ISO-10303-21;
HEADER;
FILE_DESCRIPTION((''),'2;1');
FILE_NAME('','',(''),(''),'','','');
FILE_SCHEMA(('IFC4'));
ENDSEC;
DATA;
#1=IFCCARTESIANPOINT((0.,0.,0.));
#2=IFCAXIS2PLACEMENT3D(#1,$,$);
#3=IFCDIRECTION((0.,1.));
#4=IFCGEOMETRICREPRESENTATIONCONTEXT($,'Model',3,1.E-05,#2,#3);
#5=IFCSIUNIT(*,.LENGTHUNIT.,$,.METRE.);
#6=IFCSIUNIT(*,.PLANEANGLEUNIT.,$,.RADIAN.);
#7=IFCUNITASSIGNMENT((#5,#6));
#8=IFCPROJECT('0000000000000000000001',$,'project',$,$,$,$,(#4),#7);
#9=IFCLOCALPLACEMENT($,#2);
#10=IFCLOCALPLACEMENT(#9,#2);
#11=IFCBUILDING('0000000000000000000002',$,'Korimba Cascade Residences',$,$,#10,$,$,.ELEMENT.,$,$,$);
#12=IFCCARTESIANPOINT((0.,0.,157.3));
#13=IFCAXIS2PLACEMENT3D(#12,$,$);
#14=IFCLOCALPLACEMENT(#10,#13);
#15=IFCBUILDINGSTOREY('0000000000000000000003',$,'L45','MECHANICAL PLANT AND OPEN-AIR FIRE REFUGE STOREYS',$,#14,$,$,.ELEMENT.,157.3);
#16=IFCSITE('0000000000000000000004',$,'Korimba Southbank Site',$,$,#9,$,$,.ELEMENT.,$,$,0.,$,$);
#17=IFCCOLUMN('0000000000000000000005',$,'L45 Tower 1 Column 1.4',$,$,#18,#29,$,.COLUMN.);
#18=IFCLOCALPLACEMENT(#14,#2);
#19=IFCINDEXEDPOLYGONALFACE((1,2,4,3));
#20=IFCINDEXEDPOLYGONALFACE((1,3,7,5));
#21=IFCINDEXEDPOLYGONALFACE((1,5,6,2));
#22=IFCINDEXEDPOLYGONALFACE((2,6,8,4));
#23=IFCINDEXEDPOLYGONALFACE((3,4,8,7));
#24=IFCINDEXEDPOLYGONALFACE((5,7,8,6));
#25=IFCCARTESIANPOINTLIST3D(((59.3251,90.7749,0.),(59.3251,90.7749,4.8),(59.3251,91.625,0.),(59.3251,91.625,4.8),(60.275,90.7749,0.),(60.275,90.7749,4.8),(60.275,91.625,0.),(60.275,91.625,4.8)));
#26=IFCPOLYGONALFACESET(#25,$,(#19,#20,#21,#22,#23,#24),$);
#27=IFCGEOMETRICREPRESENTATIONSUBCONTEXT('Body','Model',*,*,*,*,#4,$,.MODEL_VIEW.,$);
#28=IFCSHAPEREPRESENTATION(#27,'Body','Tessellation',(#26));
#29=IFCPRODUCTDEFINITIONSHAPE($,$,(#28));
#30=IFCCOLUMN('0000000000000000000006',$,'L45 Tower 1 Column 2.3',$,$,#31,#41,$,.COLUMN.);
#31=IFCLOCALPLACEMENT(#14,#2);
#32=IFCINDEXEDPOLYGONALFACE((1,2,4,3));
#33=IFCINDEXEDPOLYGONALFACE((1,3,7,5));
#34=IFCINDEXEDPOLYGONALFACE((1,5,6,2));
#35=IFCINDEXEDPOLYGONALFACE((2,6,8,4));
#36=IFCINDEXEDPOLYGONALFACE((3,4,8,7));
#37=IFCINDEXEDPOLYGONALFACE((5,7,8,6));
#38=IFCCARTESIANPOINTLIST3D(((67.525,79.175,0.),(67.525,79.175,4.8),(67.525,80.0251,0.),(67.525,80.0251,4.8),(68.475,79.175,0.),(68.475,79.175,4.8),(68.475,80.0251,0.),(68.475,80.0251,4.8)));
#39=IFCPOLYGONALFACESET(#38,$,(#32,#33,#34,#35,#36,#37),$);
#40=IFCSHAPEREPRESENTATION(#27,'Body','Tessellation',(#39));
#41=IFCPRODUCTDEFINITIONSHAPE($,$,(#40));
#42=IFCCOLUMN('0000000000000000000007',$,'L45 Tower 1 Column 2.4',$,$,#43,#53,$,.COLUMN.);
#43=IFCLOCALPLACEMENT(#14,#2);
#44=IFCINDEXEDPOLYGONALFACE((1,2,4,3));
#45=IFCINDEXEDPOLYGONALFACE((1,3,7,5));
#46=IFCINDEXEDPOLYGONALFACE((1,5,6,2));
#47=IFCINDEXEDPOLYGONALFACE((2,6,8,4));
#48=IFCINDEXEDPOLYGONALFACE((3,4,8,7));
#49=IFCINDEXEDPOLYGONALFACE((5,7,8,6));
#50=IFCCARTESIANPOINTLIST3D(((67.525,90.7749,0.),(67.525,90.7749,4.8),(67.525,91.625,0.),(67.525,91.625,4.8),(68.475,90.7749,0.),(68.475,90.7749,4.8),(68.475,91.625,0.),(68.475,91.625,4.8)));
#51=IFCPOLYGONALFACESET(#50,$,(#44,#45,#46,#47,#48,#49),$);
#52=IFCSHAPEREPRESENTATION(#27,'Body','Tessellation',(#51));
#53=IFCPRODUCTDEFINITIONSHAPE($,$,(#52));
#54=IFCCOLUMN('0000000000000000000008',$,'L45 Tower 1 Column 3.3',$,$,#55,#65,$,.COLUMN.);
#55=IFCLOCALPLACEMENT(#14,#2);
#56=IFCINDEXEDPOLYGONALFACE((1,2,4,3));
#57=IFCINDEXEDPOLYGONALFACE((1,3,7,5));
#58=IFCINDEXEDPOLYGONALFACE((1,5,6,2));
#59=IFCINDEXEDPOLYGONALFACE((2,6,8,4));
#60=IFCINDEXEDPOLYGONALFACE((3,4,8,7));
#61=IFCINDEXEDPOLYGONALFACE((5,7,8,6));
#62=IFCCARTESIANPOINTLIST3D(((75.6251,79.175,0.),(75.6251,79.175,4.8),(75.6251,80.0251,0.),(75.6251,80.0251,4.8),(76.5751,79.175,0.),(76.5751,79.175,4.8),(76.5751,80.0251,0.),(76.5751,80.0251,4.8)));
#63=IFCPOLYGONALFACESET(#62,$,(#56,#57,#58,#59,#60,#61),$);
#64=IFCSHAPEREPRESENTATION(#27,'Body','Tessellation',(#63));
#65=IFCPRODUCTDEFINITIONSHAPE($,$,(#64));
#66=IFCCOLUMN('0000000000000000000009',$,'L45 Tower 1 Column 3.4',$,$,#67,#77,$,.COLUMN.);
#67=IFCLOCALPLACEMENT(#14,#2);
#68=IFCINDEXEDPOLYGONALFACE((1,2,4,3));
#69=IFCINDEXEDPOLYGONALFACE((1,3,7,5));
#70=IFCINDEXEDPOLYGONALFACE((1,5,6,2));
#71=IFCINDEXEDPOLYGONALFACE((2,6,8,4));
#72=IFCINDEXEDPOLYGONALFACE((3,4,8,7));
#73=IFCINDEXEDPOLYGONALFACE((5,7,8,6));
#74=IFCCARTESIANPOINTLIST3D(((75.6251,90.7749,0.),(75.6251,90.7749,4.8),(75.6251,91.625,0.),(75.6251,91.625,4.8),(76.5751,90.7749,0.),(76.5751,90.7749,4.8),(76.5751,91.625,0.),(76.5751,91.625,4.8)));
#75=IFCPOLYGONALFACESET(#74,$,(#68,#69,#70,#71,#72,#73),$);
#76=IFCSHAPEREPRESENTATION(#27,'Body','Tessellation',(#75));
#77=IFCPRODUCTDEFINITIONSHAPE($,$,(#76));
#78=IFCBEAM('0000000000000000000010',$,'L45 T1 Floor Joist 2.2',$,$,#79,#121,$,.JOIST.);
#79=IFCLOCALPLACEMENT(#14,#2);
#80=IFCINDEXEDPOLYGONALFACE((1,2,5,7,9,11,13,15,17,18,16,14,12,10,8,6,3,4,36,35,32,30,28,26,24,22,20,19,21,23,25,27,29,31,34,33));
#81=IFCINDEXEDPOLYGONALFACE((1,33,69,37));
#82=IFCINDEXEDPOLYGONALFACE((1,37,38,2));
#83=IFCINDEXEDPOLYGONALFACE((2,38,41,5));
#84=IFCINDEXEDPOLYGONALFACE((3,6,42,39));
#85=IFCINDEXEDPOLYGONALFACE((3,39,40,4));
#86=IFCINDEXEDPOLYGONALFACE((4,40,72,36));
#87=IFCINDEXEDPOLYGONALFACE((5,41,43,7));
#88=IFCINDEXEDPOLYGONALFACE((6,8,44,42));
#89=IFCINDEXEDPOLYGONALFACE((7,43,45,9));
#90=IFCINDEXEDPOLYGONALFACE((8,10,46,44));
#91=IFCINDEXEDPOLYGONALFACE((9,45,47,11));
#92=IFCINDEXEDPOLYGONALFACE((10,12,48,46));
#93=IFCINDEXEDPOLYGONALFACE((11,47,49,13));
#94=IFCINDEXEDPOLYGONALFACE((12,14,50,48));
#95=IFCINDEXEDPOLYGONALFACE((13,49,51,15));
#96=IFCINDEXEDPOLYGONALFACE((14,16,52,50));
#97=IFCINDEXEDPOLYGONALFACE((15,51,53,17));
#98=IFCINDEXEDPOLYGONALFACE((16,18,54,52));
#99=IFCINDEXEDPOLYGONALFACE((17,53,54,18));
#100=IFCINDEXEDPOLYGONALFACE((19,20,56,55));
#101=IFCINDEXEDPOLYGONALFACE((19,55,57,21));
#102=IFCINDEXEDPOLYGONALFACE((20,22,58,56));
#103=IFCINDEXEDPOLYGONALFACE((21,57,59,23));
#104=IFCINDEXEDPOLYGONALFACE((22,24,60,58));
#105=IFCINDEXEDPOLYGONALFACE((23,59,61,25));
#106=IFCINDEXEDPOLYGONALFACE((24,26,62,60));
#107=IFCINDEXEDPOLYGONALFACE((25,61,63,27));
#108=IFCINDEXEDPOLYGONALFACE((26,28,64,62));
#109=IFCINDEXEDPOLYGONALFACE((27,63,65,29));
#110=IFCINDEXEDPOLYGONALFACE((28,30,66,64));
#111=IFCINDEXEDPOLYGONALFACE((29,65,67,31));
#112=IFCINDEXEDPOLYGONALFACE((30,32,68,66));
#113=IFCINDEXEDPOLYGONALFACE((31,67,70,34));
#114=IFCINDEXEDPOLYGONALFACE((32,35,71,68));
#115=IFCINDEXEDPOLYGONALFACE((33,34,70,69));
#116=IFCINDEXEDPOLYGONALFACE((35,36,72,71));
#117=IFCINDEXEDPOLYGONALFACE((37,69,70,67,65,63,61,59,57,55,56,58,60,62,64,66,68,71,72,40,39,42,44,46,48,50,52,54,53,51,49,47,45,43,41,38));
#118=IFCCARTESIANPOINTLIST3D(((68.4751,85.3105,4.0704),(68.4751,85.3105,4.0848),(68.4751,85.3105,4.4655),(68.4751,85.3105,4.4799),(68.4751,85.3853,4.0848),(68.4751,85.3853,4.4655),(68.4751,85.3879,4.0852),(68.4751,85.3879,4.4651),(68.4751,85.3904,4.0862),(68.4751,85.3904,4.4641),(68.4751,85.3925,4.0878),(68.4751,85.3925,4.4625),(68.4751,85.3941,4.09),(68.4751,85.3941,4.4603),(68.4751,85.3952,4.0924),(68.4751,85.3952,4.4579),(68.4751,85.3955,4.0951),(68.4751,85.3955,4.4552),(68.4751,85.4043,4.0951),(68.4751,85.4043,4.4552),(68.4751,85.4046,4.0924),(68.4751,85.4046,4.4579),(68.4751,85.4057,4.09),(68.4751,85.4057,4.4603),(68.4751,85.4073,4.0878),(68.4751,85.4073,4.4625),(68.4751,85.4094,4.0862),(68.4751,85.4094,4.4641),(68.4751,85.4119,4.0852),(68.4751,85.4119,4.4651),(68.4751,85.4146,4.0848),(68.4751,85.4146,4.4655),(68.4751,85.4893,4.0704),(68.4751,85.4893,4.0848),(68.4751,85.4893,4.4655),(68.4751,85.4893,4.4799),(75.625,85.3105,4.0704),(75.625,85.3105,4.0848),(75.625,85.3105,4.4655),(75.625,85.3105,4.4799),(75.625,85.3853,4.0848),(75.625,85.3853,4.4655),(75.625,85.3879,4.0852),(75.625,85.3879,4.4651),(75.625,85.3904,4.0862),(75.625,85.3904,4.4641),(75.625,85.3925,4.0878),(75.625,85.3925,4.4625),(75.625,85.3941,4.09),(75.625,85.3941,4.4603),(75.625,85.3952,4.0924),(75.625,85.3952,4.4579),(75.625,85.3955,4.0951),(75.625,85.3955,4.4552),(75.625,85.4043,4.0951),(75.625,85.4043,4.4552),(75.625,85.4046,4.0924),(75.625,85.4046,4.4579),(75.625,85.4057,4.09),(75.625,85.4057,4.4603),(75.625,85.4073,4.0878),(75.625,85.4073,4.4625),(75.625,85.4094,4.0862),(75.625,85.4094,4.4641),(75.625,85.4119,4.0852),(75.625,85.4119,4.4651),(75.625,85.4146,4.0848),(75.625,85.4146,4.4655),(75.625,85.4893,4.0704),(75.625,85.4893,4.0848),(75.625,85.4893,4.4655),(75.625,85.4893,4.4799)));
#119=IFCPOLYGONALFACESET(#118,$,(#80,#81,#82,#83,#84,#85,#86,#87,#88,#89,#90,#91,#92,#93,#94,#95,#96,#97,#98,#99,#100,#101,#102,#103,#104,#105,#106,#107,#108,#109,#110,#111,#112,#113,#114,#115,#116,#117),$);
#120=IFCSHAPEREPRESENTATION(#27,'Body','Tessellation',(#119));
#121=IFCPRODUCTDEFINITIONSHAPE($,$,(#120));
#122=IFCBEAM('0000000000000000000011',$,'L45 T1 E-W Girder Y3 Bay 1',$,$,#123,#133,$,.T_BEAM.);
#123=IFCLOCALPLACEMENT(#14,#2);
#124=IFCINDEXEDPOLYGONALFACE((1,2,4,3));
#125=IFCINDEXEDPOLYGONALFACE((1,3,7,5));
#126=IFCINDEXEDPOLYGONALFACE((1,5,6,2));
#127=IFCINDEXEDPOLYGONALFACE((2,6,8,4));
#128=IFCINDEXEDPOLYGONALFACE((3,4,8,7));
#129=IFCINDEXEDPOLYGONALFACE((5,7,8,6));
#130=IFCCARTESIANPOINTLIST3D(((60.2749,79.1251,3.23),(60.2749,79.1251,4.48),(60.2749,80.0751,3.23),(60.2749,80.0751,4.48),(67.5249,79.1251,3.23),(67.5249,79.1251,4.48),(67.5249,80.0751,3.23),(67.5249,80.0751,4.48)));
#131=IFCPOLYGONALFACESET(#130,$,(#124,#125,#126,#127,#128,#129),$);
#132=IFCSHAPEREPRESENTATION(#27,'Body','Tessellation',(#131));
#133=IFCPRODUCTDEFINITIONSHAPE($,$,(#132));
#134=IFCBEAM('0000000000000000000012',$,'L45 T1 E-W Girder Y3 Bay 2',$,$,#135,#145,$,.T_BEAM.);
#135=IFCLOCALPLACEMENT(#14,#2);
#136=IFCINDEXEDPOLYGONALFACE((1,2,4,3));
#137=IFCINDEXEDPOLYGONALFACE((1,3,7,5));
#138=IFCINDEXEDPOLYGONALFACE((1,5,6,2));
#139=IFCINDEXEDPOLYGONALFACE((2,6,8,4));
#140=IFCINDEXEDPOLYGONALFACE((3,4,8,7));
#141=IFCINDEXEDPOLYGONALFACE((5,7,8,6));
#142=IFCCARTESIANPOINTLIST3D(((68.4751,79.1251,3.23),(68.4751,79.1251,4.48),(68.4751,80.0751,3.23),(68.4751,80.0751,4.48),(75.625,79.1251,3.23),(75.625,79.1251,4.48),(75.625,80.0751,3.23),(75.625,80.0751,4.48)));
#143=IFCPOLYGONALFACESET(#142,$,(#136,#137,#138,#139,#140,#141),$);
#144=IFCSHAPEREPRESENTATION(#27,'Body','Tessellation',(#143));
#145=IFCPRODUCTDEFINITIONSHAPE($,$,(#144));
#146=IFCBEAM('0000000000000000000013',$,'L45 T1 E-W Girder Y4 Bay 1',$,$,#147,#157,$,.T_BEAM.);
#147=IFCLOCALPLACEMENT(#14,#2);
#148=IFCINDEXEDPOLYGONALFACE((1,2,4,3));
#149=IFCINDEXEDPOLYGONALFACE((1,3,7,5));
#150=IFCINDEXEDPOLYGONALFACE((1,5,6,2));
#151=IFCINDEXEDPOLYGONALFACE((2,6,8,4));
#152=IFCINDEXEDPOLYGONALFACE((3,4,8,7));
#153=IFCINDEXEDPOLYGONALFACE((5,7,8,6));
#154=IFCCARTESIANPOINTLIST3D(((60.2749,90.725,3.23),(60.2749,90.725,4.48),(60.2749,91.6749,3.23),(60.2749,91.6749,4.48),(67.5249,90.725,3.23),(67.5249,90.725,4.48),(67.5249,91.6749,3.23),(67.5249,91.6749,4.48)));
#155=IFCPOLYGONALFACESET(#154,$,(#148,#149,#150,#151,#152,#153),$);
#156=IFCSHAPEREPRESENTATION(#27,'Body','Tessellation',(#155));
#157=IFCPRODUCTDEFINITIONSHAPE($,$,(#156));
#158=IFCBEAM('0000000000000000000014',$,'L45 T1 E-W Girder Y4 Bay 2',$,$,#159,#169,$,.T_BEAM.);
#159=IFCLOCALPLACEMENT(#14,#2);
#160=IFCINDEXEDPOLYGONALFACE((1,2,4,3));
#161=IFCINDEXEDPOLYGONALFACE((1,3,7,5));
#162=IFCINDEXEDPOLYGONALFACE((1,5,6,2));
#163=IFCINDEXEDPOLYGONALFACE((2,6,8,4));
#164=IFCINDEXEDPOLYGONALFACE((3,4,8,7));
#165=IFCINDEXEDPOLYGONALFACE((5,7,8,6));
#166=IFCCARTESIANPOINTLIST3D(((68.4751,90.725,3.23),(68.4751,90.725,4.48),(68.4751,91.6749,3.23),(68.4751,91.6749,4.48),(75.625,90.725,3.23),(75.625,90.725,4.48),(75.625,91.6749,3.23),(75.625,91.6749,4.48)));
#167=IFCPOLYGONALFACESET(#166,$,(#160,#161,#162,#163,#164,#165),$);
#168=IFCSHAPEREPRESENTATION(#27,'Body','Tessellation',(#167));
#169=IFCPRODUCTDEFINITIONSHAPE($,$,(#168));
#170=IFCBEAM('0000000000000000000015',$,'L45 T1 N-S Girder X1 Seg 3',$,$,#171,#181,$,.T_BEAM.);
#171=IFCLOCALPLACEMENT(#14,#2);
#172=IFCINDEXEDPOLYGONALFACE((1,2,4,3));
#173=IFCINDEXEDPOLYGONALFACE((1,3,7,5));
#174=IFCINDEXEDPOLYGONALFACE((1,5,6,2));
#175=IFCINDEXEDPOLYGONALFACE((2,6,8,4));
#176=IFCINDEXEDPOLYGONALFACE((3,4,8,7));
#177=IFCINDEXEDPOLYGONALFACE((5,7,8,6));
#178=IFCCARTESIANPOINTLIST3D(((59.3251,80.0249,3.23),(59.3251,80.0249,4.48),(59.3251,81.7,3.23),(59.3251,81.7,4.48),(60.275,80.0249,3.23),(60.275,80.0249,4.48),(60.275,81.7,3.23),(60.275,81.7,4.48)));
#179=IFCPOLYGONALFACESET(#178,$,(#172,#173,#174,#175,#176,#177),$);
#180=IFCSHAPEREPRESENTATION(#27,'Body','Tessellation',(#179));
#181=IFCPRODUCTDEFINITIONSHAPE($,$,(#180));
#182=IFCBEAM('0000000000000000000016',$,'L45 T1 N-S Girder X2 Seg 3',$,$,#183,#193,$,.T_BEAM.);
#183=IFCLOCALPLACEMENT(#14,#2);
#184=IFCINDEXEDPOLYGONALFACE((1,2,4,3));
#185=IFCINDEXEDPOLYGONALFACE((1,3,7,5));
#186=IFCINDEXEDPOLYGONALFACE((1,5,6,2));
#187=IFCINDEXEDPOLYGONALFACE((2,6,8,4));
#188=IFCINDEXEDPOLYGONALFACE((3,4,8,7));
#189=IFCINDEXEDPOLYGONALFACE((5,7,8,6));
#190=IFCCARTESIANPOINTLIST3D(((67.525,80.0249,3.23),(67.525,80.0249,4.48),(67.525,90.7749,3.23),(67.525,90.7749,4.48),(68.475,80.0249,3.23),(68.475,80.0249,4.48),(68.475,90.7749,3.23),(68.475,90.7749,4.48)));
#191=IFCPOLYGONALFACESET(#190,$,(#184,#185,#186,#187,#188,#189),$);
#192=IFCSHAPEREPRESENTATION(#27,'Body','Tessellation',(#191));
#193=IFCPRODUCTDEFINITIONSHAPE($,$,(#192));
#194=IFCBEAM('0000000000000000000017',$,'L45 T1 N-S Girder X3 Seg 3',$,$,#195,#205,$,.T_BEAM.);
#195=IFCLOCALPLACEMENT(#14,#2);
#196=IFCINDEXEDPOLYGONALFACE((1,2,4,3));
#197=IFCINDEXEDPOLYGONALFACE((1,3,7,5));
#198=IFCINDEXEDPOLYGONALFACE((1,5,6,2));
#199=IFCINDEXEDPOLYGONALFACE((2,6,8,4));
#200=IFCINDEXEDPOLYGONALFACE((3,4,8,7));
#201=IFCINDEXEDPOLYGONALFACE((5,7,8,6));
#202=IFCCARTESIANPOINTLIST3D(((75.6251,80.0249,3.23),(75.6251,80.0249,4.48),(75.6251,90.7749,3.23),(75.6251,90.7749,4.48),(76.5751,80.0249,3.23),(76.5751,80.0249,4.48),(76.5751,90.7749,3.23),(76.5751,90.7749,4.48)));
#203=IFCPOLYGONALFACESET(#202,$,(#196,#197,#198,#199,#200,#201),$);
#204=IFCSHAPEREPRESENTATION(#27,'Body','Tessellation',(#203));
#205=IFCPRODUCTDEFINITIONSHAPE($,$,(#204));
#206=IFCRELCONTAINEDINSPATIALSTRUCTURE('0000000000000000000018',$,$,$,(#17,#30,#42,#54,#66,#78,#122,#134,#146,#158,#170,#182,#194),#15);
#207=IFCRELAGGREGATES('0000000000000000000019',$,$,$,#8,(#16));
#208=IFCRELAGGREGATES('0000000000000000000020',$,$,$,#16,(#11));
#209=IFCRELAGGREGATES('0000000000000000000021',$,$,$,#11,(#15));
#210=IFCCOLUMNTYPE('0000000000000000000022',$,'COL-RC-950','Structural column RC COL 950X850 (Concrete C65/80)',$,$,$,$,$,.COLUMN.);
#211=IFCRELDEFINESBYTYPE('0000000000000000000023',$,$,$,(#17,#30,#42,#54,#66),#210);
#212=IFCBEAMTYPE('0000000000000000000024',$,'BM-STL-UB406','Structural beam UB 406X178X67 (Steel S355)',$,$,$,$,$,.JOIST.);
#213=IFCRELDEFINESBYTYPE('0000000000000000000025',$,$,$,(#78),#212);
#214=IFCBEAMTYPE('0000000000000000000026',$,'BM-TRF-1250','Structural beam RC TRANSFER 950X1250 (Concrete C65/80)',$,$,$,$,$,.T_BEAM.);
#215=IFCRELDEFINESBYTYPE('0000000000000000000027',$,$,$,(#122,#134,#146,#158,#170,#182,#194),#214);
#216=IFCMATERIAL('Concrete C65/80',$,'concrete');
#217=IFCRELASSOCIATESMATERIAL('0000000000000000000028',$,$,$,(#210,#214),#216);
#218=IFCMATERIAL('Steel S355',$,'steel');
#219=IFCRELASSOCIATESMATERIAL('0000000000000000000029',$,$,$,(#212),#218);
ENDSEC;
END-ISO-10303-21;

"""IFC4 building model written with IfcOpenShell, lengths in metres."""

from ifc_helpers import new_model, si_unit, direction, frame, origin, origin_2d, place, context, subcontext, project, spatial, rectangle, i_section, extrude, material, material_profile, profile_set, type_object, element, save


model = new_model("IFC4")

# Units and contexts
model_context = context("Model", 3, precision=1e-05, world=origin(), true_north=direction((0.0, 1.0)))
body_context = subcontext(model_context, "Body", "Model", "MODEL_VIEW")
ifc_project = project(units=[si_unit("LENGTHUNIT", "METRE"), si_unit("PLANEANGLEUNIT", "RADIAN")], contexts=[model_context])

# Site, building, storey
site_placement = place(None, origin())
site = spatial("IfcSite", under=ifc_project, at=site_placement, Name="Korimba Southbank Site", CompositionType="ELEMENT", RefElevation=0.0)
building_placement = place(site_placement, origin())
building = spatial("IfcBuilding", under=site, at=building_placement, Name="Korimba Cascade Residences", CompositionType="ELEMENT")
storey_placement = place(building_placement, frame((0.0, 0.0, 157.3)))
storey = spatial("IfcBuildingStorey", under=building, at=storey_placement, Name="L45", Description="MECHANICAL PLANT AND OPEN-AIR FIRE REFUGE STOREYS", CompositionType="ELEMENT", Elevation=157.3)

# Columns
ifc_material_1 = material(Name="Concrete C65/80", Category="concrete")
ifc_material_profile_1 = material_profile(ifc_material_1, rectangle(XDim=0.95, YDim=0.8501, at=origin_2d()), Name="Concrete C65/80")
ifc_profile_set_1 = profile_set([ifc_material_profile_1], Name="Concrete C65/80")
column_type = type_object("IfcColumnType", Name="COL-RC-950", Description="Structural column RC COL 950X850 (Concrete C65/80)", PredefinedType="COLUMN", material=ifc_profile_set_1)
for number, where, z_axis, x_axis, name in (
    (1, (59.8, 91.2, 0.0), (0.0, 0.0, 1.0), (1.0, 0.0, 0.0), "L45 Tower 1 Column 1.4"),
    (2, (68.0, 79.6001, 0.0), (0.0, 0.0, 1.0), (1.0, 0.0, 0.0), "L45 Tower 1 Column 2.3"),
    (3, (68.0, 91.2, 0.0), (0.0, 0.0, 1.0), (1.0, 0.0, 0.0), "L45 Tower 1 Column 2.4"),
    (4, (76.1001, 79.6001, 0.0), (0.0, 0.0, 1.0), (1.0, 0.0, 0.0), "L45 Tower 1 Column 3.3"),
    (5, (76.1001, 91.2, 0.0), (0.0, 0.0, 1.0), (1.0, 0.0, 0.0), "L45 Tower 1 Column 3.4"),
):
    element("IfcColumn", number, at=place(storey_placement, frame(where, z_axis=z_axis, x_axis=x_axis)), inside=storey, type_object=column_type, Name=name, PredefinedType="COLUMN", context=body_context, shape_type="SweptSolid", body=[
        extrude(rectangle(XDim=0.95, YDim=0.8501, at=origin_2d()), origin(), (0.0, 0.0, 1.0), 4.8),
    ])

# Beams
ifc_material_2 = material(Name="Steel S355", Category="steel")
ifc_material_profile_2 = material_profile(ifc_material_2, i_section(OverallWidth=0.1787, OverallDepth=0.4094, WebThickness=0.0088, FlangeThickness=0.0144, FilletRadius=0.0103, at=origin_2d()), Name="Steel S355")
ifc_profile_set_2 = profile_set([ifc_material_profile_2], Name="Steel S355")
beam_type_1 = type_object("IfcBeamType", Name="BM-STL-UB406", Description="Structural beam UB 406X178X67 (Steel S355)", PredefinedType="JOIST", material=ifc_profile_set_2)
beam_1_placement = place(storey_placement, frame((68.4751, 85.3999, 4.2751), z_axis=(1.0, 0.0, 0.0), x_axis=(0.0, 1.0, 0.0)))
element("IfcBeam", 6, at=beam_1_placement, inside=storey, type_object=beam_type_1, Name="L45 T1 Floor Joist 2.2", PredefinedType="JOIST", context=body_context, shape_type="SweptSolid", body=[
    extrude(i_section(OverallWidth=0.1787, OverallDepth=0.4094, WebThickness=0.0088, FlangeThickness=0.0144, FilletRadius=0.0103, at=origin_2d()), origin(), (0.0, 0.0, 1.0), 7.1499),
])
ifc_material_profile_3 = material_profile(ifc_material_1, rectangle(XDim=0.95, YDim=1.25, at=origin_2d()), Name="Concrete C65/80")
ifc_profile_set_3 = profile_set([ifc_material_profile_3], Name="Concrete C65/80")
beam_type_2 = type_object("IfcBeamType", Name="BM-TRF-1250", Description="Structural beam RC TRANSFER 950X1250 (Concrete C65/80)", PredefinedType="T_BEAM", material=ifc_profile_set_3)
beam_2_placement = place(storey_placement, frame((60.2749, 79.6001, 3.855), z_axis=(1.0, 0.0, 0.0), x_axis=(0.0, 1.0, 0.0)))
element("IfcBeam", 7, at=beam_2_placement, inside=storey, type_object=beam_type_2, Name="L45 T1 E-W Girder Y3 Bay 1", PredefinedType="T_BEAM", context=body_context, shape_type="SweptSolid", body=[
    extrude(rectangle(XDim=0.95, YDim=1.25, at=origin_2d()), origin(), (0.0, 0.0, 1.0), 7.25),
])
beam_3_placement = place(storey_placement, frame((68.4751, 79.6001, 3.855), z_axis=(1.0, 0.0, 0.0), x_axis=(0.0, 1.0, 0.0)))
element("IfcBeam", 8, at=beam_3_placement, inside=storey, type_object=beam_type_2, Name="L45 T1 E-W Girder Y3 Bay 2", PredefinedType="T_BEAM", context=body_context, shape_type="SweptSolid", body=[
    extrude(rectangle(XDim=0.95, YDim=1.25, at=origin_2d()), origin(), (0.0, 0.0, 1.0), 7.1499),
])
beam_4_placement = place(storey_placement, frame((60.2749, 91.2, 3.855), z_axis=(1.0, 0.0, 0.0), x_axis=(0.0, 1.0, 0.0)))
element("IfcBeam", 9, at=beam_4_placement, inside=storey, type_object=beam_type_2, Name="L45 T1 E-W Girder Y4 Bay 1", PredefinedType="T_BEAM", context=body_context, shape_type="SweptSolid", body=[
    extrude(rectangle(XDim=0.95, YDim=1.25, at=origin_2d()), origin(), (0.0, 0.0, 1.0), 7.25),
])
beam_5_placement = place(storey_placement, frame((68.4751, 91.2, 3.855), z_axis=(1.0, 0.0, 0.0), x_axis=(0.0, 1.0, 0.0)))
element("IfcBeam", 10, at=beam_5_placement, inside=storey, type_object=beam_type_2, Name="L45 T1 E-W Girder Y4 Bay 2", PredefinedType="T_BEAM", context=body_context, shape_type="SweptSolid", body=[
    extrude(rectangle(XDim=0.95, YDim=1.25, at=origin_2d()), origin(), (0.0, 0.0, 1.0), 7.1499),
])
beam_6_placement = place(storey_placement, frame((59.8, 80.0249, 3.855), z_axis=(0.0, 1.0, 0.0), x_axis=(-1.0, 0.0, 0.0)))
element("IfcBeam", 11, at=beam_6_placement, inside=storey, type_object=beam_type_2, Name="L45 T1 N-S Girder X1 Seg 3", PredefinedType="T_BEAM", context=body_context, shape_type="SweptSolid", body=[
    extrude(rectangle(XDim=0.95, YDim=1.25, at=origin_2d()), origin(), (0.0, 0.0, 1.0), 1.675),
])
for number, where, z_axis, x_axis, name in (
    (12, (68.0, 80.0249, 3.855), (0.0, 1.0, 0.0), (-1.0, 0.0, 0.0), "L45 T1 N-S Girder X2 Seg 3"),
    (13, (76.1001, 80.0249, 3.855), (0.0, 1.0, 0.0), (-1.0, 0.0, 0.0), "L45 T1 N-S Girder X3 Seg 3"),
):
    element("IfcBeam", number, at=place(storey_placement, frame(where, z_axis=z_axis, x_axis=x_axis)), inside=storey, type_object=beam_type_2, Name=name, PredefinedType="T_BEAM", context=body_context, shape_type="SweptSolid", body=[
        extrude(rectangle(XDim=0.95, YDim=1.25, at=origin_2d()), origin(), (0.0, 0.0, 1.0), 10.75),
    ])

save(model, "model.ifc")
